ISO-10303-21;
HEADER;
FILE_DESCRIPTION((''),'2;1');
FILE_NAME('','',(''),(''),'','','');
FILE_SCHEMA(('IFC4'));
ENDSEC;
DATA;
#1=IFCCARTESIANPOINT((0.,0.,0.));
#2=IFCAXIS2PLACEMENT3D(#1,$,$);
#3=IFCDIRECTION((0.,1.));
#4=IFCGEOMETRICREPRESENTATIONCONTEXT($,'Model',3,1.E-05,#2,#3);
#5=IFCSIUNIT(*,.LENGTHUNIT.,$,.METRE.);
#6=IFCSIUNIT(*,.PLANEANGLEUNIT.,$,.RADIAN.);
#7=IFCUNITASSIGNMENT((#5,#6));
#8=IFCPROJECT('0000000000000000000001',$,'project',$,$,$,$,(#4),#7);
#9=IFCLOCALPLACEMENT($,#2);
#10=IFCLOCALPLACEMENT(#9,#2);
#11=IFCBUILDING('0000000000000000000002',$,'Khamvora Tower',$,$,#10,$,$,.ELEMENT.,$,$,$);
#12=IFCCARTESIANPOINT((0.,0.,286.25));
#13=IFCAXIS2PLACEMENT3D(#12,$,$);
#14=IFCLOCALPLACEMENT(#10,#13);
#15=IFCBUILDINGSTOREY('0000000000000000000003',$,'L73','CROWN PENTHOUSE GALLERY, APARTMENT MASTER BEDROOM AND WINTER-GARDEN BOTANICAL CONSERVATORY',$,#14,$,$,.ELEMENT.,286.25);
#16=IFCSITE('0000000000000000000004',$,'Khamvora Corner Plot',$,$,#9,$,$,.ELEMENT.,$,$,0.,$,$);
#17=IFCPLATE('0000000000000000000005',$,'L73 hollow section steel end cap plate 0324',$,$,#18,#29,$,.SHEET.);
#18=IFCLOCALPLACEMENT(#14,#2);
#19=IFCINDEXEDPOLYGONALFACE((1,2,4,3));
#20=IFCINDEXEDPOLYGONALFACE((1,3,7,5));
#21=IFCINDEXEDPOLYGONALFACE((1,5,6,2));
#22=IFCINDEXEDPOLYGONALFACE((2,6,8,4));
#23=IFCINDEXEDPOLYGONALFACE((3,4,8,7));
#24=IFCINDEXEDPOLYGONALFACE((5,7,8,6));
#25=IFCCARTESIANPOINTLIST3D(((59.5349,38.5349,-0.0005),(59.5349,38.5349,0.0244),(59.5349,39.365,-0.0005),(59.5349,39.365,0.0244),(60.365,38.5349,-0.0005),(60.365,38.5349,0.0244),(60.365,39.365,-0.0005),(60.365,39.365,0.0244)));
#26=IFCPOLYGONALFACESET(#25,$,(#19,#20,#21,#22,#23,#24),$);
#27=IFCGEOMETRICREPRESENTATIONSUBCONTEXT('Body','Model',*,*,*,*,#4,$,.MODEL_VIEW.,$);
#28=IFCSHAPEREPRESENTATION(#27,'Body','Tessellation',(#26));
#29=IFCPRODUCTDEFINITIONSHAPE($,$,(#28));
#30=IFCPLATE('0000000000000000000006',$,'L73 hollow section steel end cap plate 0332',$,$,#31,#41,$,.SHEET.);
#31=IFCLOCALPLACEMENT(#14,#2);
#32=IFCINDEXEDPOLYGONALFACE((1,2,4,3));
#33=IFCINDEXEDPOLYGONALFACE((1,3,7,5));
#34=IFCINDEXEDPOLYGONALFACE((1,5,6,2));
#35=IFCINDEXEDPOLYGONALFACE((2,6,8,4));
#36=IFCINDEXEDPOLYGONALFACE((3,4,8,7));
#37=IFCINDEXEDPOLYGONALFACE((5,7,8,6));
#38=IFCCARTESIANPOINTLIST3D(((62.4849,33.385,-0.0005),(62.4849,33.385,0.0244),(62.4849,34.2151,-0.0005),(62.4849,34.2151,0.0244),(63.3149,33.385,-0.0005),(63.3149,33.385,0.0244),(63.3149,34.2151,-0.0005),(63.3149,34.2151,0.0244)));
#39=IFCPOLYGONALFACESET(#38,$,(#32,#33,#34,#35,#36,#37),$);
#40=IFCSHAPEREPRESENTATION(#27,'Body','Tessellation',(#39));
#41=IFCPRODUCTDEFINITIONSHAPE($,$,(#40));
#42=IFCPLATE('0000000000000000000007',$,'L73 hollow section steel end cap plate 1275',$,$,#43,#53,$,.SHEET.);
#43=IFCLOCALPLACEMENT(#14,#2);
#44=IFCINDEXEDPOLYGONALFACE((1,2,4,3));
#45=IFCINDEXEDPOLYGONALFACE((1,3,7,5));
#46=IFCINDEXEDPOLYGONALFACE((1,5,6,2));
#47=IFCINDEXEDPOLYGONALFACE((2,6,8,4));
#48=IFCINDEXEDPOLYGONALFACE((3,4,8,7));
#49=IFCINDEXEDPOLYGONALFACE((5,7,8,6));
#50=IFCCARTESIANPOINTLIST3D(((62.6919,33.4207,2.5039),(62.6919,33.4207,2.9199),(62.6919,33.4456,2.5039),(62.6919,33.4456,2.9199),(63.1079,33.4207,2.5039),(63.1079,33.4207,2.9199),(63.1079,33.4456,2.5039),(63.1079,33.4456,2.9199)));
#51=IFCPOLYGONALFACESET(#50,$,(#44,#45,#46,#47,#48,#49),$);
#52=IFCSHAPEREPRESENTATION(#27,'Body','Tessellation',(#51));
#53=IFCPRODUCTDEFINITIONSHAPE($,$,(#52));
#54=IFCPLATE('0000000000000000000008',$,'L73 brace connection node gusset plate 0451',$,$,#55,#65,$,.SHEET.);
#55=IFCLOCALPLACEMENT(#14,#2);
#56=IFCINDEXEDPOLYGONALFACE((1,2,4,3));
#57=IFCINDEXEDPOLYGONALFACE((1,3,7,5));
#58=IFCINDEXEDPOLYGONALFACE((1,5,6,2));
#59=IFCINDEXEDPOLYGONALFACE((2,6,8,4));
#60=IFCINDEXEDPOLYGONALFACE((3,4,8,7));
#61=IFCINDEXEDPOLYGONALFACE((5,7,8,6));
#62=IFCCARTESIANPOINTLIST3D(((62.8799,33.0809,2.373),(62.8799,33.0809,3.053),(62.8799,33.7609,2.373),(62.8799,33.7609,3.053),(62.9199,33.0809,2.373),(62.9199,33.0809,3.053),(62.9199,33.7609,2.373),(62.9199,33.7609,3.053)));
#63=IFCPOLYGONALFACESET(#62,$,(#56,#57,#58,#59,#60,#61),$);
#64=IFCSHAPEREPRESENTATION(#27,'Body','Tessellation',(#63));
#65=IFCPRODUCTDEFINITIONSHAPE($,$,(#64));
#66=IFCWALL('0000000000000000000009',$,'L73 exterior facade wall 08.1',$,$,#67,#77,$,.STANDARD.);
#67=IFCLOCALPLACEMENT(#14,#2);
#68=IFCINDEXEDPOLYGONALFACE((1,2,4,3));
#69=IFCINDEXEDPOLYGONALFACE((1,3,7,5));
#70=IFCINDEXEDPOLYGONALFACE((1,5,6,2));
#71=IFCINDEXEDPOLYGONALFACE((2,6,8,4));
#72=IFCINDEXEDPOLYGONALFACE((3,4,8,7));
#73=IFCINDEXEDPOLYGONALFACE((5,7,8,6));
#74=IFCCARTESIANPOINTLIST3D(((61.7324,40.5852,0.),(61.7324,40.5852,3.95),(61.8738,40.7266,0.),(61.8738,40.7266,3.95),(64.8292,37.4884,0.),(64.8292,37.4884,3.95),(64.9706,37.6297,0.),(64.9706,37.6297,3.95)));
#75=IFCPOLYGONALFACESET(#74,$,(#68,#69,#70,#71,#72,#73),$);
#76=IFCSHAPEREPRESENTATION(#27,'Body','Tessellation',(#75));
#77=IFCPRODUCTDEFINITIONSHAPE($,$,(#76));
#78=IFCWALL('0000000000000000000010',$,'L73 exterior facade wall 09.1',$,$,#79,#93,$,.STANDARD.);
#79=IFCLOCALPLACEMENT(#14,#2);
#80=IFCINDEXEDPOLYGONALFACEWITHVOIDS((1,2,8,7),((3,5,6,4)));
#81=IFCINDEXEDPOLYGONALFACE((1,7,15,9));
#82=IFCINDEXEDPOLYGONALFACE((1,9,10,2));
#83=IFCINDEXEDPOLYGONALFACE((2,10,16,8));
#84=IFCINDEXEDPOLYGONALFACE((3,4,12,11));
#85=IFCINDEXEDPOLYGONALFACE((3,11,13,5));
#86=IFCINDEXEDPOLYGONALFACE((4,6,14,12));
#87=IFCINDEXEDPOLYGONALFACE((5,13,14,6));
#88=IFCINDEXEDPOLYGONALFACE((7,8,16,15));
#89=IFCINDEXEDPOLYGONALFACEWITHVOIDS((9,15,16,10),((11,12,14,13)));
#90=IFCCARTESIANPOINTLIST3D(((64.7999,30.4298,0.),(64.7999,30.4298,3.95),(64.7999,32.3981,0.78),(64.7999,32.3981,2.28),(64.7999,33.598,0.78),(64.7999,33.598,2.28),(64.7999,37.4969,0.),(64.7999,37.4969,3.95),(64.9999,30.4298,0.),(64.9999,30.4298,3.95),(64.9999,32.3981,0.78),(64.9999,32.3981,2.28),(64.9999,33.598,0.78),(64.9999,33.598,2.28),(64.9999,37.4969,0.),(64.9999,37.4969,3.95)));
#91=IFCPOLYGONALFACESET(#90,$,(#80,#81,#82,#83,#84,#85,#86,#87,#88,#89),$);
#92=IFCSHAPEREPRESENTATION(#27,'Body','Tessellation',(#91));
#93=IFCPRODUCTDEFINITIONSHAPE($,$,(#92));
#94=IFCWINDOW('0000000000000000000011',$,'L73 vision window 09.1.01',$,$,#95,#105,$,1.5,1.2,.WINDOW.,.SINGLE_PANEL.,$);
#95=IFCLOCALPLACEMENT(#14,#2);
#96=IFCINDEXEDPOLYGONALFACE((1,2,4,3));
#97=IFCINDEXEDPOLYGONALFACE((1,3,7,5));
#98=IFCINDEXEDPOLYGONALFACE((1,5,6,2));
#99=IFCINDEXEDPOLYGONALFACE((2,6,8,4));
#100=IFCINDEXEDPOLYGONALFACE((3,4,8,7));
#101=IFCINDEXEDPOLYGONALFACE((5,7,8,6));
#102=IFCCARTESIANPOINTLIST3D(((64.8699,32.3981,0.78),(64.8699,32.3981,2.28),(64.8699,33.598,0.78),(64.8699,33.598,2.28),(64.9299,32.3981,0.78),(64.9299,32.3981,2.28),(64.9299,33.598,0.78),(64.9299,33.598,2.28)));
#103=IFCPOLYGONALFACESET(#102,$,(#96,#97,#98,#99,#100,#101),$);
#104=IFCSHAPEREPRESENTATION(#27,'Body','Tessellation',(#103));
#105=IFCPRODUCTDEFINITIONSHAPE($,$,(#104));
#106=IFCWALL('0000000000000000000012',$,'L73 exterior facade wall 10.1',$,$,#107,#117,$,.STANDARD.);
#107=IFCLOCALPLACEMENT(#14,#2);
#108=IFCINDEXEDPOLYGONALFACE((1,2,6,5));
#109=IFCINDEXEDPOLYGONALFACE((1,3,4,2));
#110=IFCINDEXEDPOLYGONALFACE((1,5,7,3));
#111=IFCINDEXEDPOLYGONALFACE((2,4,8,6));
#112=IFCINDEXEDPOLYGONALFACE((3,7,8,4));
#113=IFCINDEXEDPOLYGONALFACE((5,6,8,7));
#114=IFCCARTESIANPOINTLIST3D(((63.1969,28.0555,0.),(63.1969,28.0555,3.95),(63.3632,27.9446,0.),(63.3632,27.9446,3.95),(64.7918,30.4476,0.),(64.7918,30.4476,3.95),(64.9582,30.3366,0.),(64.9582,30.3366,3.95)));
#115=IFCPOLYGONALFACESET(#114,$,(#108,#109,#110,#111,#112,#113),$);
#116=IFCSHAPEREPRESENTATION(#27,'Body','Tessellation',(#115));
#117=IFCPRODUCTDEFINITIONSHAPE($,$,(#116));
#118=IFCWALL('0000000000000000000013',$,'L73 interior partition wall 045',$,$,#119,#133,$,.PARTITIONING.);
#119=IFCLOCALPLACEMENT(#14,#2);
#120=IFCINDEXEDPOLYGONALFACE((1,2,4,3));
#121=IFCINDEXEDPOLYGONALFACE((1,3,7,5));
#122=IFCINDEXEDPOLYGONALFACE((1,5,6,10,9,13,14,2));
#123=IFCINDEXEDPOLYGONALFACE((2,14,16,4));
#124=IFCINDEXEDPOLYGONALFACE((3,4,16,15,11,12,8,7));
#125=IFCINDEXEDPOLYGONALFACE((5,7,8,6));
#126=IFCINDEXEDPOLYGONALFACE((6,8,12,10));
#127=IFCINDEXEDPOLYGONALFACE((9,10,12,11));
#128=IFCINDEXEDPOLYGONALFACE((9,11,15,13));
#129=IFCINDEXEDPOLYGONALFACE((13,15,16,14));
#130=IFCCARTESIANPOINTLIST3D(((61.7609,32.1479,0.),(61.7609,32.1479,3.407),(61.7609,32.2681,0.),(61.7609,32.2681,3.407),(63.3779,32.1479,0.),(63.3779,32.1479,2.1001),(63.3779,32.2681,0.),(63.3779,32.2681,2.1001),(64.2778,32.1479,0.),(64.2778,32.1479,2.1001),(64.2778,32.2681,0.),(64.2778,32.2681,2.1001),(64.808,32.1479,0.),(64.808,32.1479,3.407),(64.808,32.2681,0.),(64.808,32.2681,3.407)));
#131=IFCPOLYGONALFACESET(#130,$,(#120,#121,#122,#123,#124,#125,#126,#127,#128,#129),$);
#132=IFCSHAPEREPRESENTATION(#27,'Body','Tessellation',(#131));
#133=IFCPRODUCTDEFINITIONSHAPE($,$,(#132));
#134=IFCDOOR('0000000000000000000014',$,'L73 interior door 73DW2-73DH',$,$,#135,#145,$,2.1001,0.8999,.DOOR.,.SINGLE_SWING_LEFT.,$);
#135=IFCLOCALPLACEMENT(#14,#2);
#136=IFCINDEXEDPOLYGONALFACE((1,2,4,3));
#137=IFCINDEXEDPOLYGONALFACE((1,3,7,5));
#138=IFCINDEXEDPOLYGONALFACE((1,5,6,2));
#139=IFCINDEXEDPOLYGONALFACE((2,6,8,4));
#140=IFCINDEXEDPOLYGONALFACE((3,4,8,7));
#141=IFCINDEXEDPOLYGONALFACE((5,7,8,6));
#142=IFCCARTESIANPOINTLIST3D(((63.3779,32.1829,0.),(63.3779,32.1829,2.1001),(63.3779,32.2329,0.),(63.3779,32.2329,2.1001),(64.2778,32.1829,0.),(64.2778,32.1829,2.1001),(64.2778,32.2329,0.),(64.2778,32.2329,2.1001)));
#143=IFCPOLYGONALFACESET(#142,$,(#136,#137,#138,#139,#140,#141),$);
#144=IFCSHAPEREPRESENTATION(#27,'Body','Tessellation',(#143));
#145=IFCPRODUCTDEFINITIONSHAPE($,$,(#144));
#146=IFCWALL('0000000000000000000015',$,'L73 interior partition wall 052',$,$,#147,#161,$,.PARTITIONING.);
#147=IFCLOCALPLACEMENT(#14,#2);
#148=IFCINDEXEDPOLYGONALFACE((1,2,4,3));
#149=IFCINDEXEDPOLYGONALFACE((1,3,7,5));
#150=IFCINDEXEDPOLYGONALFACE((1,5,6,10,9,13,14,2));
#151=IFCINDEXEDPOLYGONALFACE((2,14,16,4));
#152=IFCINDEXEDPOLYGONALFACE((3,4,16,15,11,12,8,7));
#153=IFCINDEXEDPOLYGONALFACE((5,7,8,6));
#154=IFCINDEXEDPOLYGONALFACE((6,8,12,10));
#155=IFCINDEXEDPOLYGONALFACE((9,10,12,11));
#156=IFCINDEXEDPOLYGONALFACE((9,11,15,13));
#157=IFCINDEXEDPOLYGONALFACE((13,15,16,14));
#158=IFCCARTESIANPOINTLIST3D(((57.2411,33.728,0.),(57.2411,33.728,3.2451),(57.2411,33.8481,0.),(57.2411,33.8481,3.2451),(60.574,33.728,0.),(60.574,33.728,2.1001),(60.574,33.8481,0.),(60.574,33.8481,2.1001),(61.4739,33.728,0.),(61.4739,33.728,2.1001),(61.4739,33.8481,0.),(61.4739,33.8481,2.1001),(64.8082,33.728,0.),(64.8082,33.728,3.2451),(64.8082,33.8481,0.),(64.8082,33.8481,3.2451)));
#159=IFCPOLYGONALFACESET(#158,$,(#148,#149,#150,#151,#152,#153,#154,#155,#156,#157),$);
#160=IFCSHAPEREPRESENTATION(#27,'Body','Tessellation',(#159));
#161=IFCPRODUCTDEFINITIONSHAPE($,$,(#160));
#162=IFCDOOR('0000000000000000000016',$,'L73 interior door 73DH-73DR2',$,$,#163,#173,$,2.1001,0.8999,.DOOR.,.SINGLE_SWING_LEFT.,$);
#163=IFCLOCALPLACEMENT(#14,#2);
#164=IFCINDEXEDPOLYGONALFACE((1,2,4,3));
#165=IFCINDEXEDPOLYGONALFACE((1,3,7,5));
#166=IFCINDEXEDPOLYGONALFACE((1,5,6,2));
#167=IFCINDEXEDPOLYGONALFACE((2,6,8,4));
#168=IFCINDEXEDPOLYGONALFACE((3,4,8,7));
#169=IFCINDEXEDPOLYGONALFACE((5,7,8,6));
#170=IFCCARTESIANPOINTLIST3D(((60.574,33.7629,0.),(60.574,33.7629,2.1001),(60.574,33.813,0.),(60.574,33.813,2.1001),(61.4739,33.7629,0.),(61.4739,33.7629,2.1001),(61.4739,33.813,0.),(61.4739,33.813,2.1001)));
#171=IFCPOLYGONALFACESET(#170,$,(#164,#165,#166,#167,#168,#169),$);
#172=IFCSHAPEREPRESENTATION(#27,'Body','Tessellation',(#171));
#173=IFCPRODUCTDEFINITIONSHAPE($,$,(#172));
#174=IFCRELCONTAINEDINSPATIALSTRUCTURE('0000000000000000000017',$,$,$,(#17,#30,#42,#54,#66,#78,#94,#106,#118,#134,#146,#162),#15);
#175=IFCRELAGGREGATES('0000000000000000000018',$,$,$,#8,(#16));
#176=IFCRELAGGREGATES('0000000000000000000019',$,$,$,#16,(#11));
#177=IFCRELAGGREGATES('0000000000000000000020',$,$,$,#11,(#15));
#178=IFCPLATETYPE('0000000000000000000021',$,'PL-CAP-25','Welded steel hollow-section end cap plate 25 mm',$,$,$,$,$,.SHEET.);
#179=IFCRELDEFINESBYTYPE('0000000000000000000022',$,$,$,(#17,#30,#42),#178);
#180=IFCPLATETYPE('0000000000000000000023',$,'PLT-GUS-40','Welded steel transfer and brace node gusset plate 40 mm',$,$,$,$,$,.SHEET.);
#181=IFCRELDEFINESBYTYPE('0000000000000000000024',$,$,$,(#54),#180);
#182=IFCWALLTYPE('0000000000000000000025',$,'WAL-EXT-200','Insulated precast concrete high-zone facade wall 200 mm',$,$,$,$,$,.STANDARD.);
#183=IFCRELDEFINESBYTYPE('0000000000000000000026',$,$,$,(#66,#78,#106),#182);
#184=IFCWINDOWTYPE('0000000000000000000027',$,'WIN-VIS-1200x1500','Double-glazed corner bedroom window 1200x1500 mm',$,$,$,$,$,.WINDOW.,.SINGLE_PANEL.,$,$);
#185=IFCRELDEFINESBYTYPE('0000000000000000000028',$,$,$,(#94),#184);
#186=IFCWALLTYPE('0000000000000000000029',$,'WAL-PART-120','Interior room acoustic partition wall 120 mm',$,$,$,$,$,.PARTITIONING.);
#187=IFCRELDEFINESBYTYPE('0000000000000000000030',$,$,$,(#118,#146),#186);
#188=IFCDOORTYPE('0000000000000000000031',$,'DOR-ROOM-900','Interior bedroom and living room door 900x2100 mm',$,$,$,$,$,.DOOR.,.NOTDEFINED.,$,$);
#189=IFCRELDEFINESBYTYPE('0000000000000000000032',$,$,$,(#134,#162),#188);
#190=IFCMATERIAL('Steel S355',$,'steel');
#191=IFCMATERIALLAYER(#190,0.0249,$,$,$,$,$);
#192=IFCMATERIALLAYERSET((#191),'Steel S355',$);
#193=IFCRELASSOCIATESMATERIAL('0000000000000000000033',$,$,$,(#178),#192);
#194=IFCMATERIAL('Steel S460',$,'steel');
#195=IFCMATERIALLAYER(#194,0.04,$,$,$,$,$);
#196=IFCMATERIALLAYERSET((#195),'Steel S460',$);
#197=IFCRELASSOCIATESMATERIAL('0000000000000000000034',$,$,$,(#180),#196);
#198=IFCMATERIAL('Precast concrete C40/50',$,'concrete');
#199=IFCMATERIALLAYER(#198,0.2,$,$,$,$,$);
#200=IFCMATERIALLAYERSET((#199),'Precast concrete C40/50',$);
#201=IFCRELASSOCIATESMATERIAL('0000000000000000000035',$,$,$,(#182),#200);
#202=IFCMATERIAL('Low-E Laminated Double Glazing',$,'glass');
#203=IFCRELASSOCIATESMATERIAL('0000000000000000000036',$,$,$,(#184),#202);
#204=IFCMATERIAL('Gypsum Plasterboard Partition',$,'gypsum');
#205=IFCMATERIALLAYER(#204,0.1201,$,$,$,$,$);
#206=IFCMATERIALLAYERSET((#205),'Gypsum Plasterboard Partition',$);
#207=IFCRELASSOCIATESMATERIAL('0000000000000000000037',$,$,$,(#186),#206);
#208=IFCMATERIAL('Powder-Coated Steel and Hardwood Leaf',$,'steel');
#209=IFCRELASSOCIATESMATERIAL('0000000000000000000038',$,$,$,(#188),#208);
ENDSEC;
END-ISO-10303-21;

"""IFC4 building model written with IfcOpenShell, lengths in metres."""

from ifc_helpers import new_model, si_unit, direction, frame, frame_2d, origin, origin_2d, place, context, subcontext, project, spatial, rectangle, extrude, material, layer, layer_set, type_object, element, fill, save


model = new_model("IFC4")

# Units and contexts
model_context = context("Model", 3, precision=1e-05, world=origin(), true_north=direction((0.0, 1.0)))
body_context = subcontext(model_context, "Body", "Model", "MODEL_VIEW")
ifc_project = project(units=[si_unit("LENGTHUNIT", "METRE"), si_unit("PLANEANGLEUNIT", "RADIAN")], contexts=[model_context])

# Site, building, storey
site_placement = place(None, origin())
site = spatial("IfcSite", under=ifc_project, at=site_placement, Name="Khamvora Corner Plot", CompositionType="ELEMENT", RefElevation=0.0)
building_placement = place(site_placement, origin())
building = spatial("IfcBuilding", under=site, at=building_placement, Name="Khamvora Tower", CompositionType="ELEMENT")
storey_placement = place(building_placement, frame((0.0, 0.0, 286.25)))
storey = spatial("IfcBuildingStorey", under=building, at=storey_placement, Name="L73", Description="CROWN PENTHOUSE GALLERY, APARTMENT MASTER BEDROOM AND WINTER-GARDEN BOTANICAL CONSERVATORY", CompositionType="ELEMENT", Elevation=286.25)

# Shared definitions
ifc_material_1 = material(Name="Steel S355", Category="steel")

# Plates
ifc_layer_1 = layer(ifc_material_1, 0.0249)
ifc_layer_set_1 = layer_set([ifc_layer_1], Name="Steel S355")
plate_type_1 = type_object("IfcPlateType", Name="PL-CAP-25", Description="Welded steel hollow-section end cap plate 25 mm", PredefinedType="SHEET", material=ifc_layer_set_1)
for number, where, z_axis, x_axis, name in (
    (1, (59.95, 38.95, -0.0005), (0.0, 0.0, 1.0), (1.0, 0.0, 0.0), "L73 hollow section steel end cap plate 0324"),
    (2, (62.8999, 33.8, -0.0005), (0.0, 0.0, 1.0), (1.0, 0.0, 0.0), "L73 hollow section steel end cap plate 0332"),
):
    element("IfcPlate", number, at=place(storey_placement, frame(where, z_axis=z_axis, x_axis=x_axis)), inside=storey, type_object=plate_type_1, Name=name, PredefinedType="SHEET", context=body_context, shape_type="SweptSolid", body=[
        extrude(rectangle(XDim=0.8301, YDim=0.8301, at=origin_2d()), origin(), (0.0, 0.0, 1.0), 0.0249),
    ])
plate_1_placement = place(storey_placement, frame((62.8999, 33.4331, 2.5039), z_axis=(0.0, 0.0, 1.0), x_axis=(0.0, -1.0, 0.0)))
element("IfcPlate", 3, at=plate_1_placement, inside=storey, type_object=plate_type_1, Name="L73 hollow section steel end cap plate 1275", PredefinedType="SHEET", context=body_context, shape_type="SweptSolid", body=[
    extrude(rectangle(XDim=0.0249, YDim=0.416, at=origin_2d()), origin(), (0.0, 0.0, 1.0), 0.416),
])
ifc_material_2 = material(Name="Steel S460", Category="steel")
ifc_layer_2 = layer(ifc_material_2, 0.04)
ifc_layer_set_2 = layer_set([ifc_layer_2], Name="Steel S460")
plate_type_2 = type_object("IfcPlateType", Name="PLT-GUS-40", Description="Welded steel transfer and brace node gusset plate 40 mm", PredefinedType="SHEET", material=ifc_layer_set_2)
plate_2_placement = place(storey_placement, frame((62.8999, 33.4209, 2.373), z_axis=(0.0, 0.0, 1.0), x_axis=(0.0, 1.0, 0.0)))
element("IfcPlate", 4, at=plate_2_placement, inside=storey, type_object=plate_type_2, Name="L73 brace connection node gusset plate 0451", PredefinedType="SHEET", context=body_context, shape_type="SweptSolid", body=[
    extrude(rectangle(XDim=0.6799, YDim=0.04, at=origin_2d()), origin(), (0.0, 0.0, 1.0), 0.6799),
])

# Wall
ifc_material_3 = material(Name="Precast concrete C40/50", Category="concrete")
ifc_layer_3 = layer(ifc_material_3, 0.2)
ifc_layer_set_3 = layer_set([ifc_layer_3], Name="Precast concrete C40/50")
wall_type_1 = type_object("IfcWallType", Name="WAL-EXT-200", Description="Insulated precast concrete high-zone facade wall 200 mm", PredefinedType="STANDARD", material=ifc_layer_set_3)
wall_1_placement = place(storey_placement, frame((61.803, 40.656, 0.0), z_axis=(0.0, 0.0, 1.0), x_axis=(0.707107, -0.707107, 0.0)))
element("IfcWall", 5, at=wall_1_placement, inside=storey, type_object=wall_type_1, Name="L73 exterior facade wall 08.1", PredefinedType="STANDARD", context=body_context, shape_type="SweptSolid", body=[
    extrude(rectangle(XDim=4.3796, YDim=0.2, at=frame_2d((2.1899, 0.0))), origin(), (0.0, 0.0, 1.0), 3.95),
])

# Wall, opening, window
wall_2_placement = place(storey_placement, frame((64.8999, 37.4971, 0.0), z_axis=(0.0, 0.0, 1.0), x_axis=(0.0, -1.0, 0.0)))
wall_2 = element("IfcWall", 6, at=wall_2_placement, inside=storey, type_object=wall_type_1, Name="L73 exterior facade wall 09.1", PredefinedType="STANDARD", context=body_context, shape_type="SweptSolid", body=[
    extrude(rectangle(XDim=7.0671, YDim=0.2, at=frame_2d((3.5337, 0.0))), origin(), (0.0, 0.0, 1.0), 3.95),
])
opening_1_placement = place(wall_2_placement, frame((3.8989, 0.0, 0.78)))
opening_1 = element("IfcOpeningElement", 7, at=opening_1_placement, cuts=wall_2, PredefinedType="OPENING", context=body_context, shape_type="SweptSolid", body=[
    extrude(rectangle(XDim=1.2, YDim=1.5, at=frame_2d((0.6001, 0.75))), frame((0.0, 0.1099, 0.0), z_axis=(0.0, -1.0, 0.0), x_axis=(1.0, 0.0, 0.0)), (0.0, 0.0, 1.0), 0.22),
])
ifc_material_4 = material(Name="Low-E Laminated Double Glazing", Category="glass")
window_type = type_object("IfcWindowType", Name="WIN-VIS-1200x1500", Description="Double-glazed corner bedroom window 1200x1500 mm", PartitioningType="SINGLE_PANEL", PredefinedType="WINDOW", material=ifc_material_4)
window_placement = place(opening_1_placement, origin())
window = element("IfcWindow", 8, at=window_placement, inside=storey, type_object=window_type, Name="L73 vision window 09.1.01", OverallHeight=1.5, OverallWidth=1.2, PartitioningType="SINGLE_PANEL", PredefinedType="WINDOW", context=body_context, shape_type="SweptSolid", body=[
    extrude(rectangle(XDim=1.2, YDim=1.5, at=frame_2d((0.6001, 0.75))), frame((0.0, 0.03, 0.0), z_axis=(0.0, -1.0, 0.0), x_axis=(1.0, 0.0, 0.0)), (0.0, 0.0, 1.0), 0.0601),
])
fill(opening_1, window)

# Wall
wall_3_placement = place(storey_placement, frame((64.875, 30.3921, 0.0), z_axis=(0.0, 0.0, 1.0), x_axis=(-0.554759, -0.832011, 0.0)))
element("IfcWall", 9, at=wall_3_placement, inside=storey, type_object=wall_type_1, Name="L73 exterior facade wall 10.1", PredefinedType="STANDARD", context=body_context, shape_type="SweptSolid", body=[
    extrude(rectangle(XDim=2.875, YDim=0.2, at=frame_2d((1.4375, 0.0))), origin(), (0.0, 0.0, 1.0), 3.95),
])

# Walls, openings, doors
ifc_material_5 = material(Name="Gypsum Plasterboard Partition", Category="gypsum")
ifc_layer_4 = layer(ifc_material_5, 0.1201)
ifc_layer_set_4 = layer_set([ifc_layer_4], Name="Gypsum Plasterboard Partition")
wall_type_2 = type_object("IfcWallType", Name="WAL-PART-120", Description="Interior room acoustic partition wall 120 mm", PredefinedType="PARTITIONING", material=ifc_layer_set_4)
wall_4_placement = place(storey_placement, frame((61.761, 32.208, 0.0), z_axis=(0.0, 0.0, 1.0), x_axis=(1.0, 0.0, 0.0)))
wall_4 = element("IfcWall", 10, at=wall_4_placement, inside=storey, type_object=wall_type_2, Name="L73 interior partition wall 045", PredefinedType="PARTITIONING", context=body_context, shape_type="SweptSolid", body=[
    extrude(rectangle(XDim=3.0471, YDim=0.1201, at=frame_2d((1.5234, 0.0))), origin(), (0.0, 0.0, 1.0), 3.407),
])
opening_2_placement = place(wall_4_placement, frame((1.6169, 0.0, 0.0)))
opening_2 = element("IfcOpeningElement", 11, at=opening_2_placement, cuts=wall_4, PredefinedType="OPENING", context=body_context, shape_type="SweptSolid", body=[
    extrude(rectangle(XDim=0.8999, YDim=2.1001, at=frame_2d((0.45, 1.05))), frame((0.0, 0.0701, 0.0), z_axis=(0.0, -1.0, 0.0), x_axis=(1.0, 0.0, 0.0)), (0.0, 0.0, 1.0), 0.1401),
])
ifc_material_6 = material(Name="Powder-Coated Steel and Hardwood Leaf", Category="steel")
door_type_1 = type_object("IfcDoorType", Name="DOR-ROOM-900", Description="Interior bedroom and living room door 900x2100 mm", OperationType="NOTDEFINED", PredefinedType="DOOR", material=ifc_material_6)
door_1_placement = place(opening_2_placement, origin())
door_1 = element("IfcDoor", 12, at=door_1_placement, inside=storey, type_object=door_type_1, Name="L73 interior door 73DW2-73DH", OperationType="SINGLE_SWING_LEFT", OverallHeight=2.1001, OverallWidth=0.8999, PredefinedType="DOOR", context=body_context, shape_type="SweptSolid", body=[
    extrude(rectangle(XDim=0.8999, YDim=2.1001, at=frame_2d((0.45, 1.05))), frame((0.0, 0.0249, 0.0), z_axis=(0.0, -1.0, 0.0), x_axis=(1.0, 0.0, 0.0)), (0.0, 0.0, 1.0), 0.05),
])
fill(opening_2, door_1)
wall_5_placement = place(storey_placement, frame((57.241, 33.7881, 0.0), z_axis=(0.0, 0.0, 1.0), x_axis=(1.0, 0.0, 0.0)))
wall_5 = element("IfcWall", 13, at=wall_5_placement, inside=storey, type_object=wall_type_2, Name="L73 interior partition wall 052", PredefinedType="PARTITIONING", context=body_context, shape_type="SweptSolid", body=[
    extrude(rectangle(XDim=7.5671, YDim=0.1201, at=frame_2d((3.7837, 0.0))), origin(), (0.0, 0.0, 1.0), 3.2451),
])
opening_3_placement = place(wall_5_placement, frame((3.333, 0.0, 0.0)))
opening_3 = element("IfcOpeningElement", 14, at=opening_3_placement, cuts=wall_5, PredefinedType="OPENING", context=body_context, shape_type="SweptSolid", body=[
    extrude(rectangle(XDim=0.8999, YDim=2.1001, at=frame_2d((0.45, 1.05))), frame((0.0, 0.0701, 0.0), z_axis=(0.0, -1.0, 0.0), x_axis=(1.0, 0.0, 0.0)), (0.0, 0.0, 1.0), 0.1401),
])
door_2_placement = place(opening_3_placement, origin())
door_2 = element("IfcDoor", 15, at=door_2_placement, inside=storey, type_object=door_type_1, Name="L73 interior door 73DH-73DR2", OperationType="SINGLE_SWING_LEFT", OverallHeight=2.1001, OverallWidth=0.8999, PredefinedType="DOOR", context=body_context, shape_type="SweptSolid", body=[
    extrude(rectangle(XDim=0.8999, YDim=2.1001, at=frame_2d((0.45, 1.05))), frame((0.0, 0.0249, 0.0), z_axis=(0.0, -1.0, 0.0), x_axis=(1.0, 0.0, 0.0)), (0.0, 0.0, 1.0), 0.05),
])
fill(opening_3, door_2)

save(model, "model.ifc")
